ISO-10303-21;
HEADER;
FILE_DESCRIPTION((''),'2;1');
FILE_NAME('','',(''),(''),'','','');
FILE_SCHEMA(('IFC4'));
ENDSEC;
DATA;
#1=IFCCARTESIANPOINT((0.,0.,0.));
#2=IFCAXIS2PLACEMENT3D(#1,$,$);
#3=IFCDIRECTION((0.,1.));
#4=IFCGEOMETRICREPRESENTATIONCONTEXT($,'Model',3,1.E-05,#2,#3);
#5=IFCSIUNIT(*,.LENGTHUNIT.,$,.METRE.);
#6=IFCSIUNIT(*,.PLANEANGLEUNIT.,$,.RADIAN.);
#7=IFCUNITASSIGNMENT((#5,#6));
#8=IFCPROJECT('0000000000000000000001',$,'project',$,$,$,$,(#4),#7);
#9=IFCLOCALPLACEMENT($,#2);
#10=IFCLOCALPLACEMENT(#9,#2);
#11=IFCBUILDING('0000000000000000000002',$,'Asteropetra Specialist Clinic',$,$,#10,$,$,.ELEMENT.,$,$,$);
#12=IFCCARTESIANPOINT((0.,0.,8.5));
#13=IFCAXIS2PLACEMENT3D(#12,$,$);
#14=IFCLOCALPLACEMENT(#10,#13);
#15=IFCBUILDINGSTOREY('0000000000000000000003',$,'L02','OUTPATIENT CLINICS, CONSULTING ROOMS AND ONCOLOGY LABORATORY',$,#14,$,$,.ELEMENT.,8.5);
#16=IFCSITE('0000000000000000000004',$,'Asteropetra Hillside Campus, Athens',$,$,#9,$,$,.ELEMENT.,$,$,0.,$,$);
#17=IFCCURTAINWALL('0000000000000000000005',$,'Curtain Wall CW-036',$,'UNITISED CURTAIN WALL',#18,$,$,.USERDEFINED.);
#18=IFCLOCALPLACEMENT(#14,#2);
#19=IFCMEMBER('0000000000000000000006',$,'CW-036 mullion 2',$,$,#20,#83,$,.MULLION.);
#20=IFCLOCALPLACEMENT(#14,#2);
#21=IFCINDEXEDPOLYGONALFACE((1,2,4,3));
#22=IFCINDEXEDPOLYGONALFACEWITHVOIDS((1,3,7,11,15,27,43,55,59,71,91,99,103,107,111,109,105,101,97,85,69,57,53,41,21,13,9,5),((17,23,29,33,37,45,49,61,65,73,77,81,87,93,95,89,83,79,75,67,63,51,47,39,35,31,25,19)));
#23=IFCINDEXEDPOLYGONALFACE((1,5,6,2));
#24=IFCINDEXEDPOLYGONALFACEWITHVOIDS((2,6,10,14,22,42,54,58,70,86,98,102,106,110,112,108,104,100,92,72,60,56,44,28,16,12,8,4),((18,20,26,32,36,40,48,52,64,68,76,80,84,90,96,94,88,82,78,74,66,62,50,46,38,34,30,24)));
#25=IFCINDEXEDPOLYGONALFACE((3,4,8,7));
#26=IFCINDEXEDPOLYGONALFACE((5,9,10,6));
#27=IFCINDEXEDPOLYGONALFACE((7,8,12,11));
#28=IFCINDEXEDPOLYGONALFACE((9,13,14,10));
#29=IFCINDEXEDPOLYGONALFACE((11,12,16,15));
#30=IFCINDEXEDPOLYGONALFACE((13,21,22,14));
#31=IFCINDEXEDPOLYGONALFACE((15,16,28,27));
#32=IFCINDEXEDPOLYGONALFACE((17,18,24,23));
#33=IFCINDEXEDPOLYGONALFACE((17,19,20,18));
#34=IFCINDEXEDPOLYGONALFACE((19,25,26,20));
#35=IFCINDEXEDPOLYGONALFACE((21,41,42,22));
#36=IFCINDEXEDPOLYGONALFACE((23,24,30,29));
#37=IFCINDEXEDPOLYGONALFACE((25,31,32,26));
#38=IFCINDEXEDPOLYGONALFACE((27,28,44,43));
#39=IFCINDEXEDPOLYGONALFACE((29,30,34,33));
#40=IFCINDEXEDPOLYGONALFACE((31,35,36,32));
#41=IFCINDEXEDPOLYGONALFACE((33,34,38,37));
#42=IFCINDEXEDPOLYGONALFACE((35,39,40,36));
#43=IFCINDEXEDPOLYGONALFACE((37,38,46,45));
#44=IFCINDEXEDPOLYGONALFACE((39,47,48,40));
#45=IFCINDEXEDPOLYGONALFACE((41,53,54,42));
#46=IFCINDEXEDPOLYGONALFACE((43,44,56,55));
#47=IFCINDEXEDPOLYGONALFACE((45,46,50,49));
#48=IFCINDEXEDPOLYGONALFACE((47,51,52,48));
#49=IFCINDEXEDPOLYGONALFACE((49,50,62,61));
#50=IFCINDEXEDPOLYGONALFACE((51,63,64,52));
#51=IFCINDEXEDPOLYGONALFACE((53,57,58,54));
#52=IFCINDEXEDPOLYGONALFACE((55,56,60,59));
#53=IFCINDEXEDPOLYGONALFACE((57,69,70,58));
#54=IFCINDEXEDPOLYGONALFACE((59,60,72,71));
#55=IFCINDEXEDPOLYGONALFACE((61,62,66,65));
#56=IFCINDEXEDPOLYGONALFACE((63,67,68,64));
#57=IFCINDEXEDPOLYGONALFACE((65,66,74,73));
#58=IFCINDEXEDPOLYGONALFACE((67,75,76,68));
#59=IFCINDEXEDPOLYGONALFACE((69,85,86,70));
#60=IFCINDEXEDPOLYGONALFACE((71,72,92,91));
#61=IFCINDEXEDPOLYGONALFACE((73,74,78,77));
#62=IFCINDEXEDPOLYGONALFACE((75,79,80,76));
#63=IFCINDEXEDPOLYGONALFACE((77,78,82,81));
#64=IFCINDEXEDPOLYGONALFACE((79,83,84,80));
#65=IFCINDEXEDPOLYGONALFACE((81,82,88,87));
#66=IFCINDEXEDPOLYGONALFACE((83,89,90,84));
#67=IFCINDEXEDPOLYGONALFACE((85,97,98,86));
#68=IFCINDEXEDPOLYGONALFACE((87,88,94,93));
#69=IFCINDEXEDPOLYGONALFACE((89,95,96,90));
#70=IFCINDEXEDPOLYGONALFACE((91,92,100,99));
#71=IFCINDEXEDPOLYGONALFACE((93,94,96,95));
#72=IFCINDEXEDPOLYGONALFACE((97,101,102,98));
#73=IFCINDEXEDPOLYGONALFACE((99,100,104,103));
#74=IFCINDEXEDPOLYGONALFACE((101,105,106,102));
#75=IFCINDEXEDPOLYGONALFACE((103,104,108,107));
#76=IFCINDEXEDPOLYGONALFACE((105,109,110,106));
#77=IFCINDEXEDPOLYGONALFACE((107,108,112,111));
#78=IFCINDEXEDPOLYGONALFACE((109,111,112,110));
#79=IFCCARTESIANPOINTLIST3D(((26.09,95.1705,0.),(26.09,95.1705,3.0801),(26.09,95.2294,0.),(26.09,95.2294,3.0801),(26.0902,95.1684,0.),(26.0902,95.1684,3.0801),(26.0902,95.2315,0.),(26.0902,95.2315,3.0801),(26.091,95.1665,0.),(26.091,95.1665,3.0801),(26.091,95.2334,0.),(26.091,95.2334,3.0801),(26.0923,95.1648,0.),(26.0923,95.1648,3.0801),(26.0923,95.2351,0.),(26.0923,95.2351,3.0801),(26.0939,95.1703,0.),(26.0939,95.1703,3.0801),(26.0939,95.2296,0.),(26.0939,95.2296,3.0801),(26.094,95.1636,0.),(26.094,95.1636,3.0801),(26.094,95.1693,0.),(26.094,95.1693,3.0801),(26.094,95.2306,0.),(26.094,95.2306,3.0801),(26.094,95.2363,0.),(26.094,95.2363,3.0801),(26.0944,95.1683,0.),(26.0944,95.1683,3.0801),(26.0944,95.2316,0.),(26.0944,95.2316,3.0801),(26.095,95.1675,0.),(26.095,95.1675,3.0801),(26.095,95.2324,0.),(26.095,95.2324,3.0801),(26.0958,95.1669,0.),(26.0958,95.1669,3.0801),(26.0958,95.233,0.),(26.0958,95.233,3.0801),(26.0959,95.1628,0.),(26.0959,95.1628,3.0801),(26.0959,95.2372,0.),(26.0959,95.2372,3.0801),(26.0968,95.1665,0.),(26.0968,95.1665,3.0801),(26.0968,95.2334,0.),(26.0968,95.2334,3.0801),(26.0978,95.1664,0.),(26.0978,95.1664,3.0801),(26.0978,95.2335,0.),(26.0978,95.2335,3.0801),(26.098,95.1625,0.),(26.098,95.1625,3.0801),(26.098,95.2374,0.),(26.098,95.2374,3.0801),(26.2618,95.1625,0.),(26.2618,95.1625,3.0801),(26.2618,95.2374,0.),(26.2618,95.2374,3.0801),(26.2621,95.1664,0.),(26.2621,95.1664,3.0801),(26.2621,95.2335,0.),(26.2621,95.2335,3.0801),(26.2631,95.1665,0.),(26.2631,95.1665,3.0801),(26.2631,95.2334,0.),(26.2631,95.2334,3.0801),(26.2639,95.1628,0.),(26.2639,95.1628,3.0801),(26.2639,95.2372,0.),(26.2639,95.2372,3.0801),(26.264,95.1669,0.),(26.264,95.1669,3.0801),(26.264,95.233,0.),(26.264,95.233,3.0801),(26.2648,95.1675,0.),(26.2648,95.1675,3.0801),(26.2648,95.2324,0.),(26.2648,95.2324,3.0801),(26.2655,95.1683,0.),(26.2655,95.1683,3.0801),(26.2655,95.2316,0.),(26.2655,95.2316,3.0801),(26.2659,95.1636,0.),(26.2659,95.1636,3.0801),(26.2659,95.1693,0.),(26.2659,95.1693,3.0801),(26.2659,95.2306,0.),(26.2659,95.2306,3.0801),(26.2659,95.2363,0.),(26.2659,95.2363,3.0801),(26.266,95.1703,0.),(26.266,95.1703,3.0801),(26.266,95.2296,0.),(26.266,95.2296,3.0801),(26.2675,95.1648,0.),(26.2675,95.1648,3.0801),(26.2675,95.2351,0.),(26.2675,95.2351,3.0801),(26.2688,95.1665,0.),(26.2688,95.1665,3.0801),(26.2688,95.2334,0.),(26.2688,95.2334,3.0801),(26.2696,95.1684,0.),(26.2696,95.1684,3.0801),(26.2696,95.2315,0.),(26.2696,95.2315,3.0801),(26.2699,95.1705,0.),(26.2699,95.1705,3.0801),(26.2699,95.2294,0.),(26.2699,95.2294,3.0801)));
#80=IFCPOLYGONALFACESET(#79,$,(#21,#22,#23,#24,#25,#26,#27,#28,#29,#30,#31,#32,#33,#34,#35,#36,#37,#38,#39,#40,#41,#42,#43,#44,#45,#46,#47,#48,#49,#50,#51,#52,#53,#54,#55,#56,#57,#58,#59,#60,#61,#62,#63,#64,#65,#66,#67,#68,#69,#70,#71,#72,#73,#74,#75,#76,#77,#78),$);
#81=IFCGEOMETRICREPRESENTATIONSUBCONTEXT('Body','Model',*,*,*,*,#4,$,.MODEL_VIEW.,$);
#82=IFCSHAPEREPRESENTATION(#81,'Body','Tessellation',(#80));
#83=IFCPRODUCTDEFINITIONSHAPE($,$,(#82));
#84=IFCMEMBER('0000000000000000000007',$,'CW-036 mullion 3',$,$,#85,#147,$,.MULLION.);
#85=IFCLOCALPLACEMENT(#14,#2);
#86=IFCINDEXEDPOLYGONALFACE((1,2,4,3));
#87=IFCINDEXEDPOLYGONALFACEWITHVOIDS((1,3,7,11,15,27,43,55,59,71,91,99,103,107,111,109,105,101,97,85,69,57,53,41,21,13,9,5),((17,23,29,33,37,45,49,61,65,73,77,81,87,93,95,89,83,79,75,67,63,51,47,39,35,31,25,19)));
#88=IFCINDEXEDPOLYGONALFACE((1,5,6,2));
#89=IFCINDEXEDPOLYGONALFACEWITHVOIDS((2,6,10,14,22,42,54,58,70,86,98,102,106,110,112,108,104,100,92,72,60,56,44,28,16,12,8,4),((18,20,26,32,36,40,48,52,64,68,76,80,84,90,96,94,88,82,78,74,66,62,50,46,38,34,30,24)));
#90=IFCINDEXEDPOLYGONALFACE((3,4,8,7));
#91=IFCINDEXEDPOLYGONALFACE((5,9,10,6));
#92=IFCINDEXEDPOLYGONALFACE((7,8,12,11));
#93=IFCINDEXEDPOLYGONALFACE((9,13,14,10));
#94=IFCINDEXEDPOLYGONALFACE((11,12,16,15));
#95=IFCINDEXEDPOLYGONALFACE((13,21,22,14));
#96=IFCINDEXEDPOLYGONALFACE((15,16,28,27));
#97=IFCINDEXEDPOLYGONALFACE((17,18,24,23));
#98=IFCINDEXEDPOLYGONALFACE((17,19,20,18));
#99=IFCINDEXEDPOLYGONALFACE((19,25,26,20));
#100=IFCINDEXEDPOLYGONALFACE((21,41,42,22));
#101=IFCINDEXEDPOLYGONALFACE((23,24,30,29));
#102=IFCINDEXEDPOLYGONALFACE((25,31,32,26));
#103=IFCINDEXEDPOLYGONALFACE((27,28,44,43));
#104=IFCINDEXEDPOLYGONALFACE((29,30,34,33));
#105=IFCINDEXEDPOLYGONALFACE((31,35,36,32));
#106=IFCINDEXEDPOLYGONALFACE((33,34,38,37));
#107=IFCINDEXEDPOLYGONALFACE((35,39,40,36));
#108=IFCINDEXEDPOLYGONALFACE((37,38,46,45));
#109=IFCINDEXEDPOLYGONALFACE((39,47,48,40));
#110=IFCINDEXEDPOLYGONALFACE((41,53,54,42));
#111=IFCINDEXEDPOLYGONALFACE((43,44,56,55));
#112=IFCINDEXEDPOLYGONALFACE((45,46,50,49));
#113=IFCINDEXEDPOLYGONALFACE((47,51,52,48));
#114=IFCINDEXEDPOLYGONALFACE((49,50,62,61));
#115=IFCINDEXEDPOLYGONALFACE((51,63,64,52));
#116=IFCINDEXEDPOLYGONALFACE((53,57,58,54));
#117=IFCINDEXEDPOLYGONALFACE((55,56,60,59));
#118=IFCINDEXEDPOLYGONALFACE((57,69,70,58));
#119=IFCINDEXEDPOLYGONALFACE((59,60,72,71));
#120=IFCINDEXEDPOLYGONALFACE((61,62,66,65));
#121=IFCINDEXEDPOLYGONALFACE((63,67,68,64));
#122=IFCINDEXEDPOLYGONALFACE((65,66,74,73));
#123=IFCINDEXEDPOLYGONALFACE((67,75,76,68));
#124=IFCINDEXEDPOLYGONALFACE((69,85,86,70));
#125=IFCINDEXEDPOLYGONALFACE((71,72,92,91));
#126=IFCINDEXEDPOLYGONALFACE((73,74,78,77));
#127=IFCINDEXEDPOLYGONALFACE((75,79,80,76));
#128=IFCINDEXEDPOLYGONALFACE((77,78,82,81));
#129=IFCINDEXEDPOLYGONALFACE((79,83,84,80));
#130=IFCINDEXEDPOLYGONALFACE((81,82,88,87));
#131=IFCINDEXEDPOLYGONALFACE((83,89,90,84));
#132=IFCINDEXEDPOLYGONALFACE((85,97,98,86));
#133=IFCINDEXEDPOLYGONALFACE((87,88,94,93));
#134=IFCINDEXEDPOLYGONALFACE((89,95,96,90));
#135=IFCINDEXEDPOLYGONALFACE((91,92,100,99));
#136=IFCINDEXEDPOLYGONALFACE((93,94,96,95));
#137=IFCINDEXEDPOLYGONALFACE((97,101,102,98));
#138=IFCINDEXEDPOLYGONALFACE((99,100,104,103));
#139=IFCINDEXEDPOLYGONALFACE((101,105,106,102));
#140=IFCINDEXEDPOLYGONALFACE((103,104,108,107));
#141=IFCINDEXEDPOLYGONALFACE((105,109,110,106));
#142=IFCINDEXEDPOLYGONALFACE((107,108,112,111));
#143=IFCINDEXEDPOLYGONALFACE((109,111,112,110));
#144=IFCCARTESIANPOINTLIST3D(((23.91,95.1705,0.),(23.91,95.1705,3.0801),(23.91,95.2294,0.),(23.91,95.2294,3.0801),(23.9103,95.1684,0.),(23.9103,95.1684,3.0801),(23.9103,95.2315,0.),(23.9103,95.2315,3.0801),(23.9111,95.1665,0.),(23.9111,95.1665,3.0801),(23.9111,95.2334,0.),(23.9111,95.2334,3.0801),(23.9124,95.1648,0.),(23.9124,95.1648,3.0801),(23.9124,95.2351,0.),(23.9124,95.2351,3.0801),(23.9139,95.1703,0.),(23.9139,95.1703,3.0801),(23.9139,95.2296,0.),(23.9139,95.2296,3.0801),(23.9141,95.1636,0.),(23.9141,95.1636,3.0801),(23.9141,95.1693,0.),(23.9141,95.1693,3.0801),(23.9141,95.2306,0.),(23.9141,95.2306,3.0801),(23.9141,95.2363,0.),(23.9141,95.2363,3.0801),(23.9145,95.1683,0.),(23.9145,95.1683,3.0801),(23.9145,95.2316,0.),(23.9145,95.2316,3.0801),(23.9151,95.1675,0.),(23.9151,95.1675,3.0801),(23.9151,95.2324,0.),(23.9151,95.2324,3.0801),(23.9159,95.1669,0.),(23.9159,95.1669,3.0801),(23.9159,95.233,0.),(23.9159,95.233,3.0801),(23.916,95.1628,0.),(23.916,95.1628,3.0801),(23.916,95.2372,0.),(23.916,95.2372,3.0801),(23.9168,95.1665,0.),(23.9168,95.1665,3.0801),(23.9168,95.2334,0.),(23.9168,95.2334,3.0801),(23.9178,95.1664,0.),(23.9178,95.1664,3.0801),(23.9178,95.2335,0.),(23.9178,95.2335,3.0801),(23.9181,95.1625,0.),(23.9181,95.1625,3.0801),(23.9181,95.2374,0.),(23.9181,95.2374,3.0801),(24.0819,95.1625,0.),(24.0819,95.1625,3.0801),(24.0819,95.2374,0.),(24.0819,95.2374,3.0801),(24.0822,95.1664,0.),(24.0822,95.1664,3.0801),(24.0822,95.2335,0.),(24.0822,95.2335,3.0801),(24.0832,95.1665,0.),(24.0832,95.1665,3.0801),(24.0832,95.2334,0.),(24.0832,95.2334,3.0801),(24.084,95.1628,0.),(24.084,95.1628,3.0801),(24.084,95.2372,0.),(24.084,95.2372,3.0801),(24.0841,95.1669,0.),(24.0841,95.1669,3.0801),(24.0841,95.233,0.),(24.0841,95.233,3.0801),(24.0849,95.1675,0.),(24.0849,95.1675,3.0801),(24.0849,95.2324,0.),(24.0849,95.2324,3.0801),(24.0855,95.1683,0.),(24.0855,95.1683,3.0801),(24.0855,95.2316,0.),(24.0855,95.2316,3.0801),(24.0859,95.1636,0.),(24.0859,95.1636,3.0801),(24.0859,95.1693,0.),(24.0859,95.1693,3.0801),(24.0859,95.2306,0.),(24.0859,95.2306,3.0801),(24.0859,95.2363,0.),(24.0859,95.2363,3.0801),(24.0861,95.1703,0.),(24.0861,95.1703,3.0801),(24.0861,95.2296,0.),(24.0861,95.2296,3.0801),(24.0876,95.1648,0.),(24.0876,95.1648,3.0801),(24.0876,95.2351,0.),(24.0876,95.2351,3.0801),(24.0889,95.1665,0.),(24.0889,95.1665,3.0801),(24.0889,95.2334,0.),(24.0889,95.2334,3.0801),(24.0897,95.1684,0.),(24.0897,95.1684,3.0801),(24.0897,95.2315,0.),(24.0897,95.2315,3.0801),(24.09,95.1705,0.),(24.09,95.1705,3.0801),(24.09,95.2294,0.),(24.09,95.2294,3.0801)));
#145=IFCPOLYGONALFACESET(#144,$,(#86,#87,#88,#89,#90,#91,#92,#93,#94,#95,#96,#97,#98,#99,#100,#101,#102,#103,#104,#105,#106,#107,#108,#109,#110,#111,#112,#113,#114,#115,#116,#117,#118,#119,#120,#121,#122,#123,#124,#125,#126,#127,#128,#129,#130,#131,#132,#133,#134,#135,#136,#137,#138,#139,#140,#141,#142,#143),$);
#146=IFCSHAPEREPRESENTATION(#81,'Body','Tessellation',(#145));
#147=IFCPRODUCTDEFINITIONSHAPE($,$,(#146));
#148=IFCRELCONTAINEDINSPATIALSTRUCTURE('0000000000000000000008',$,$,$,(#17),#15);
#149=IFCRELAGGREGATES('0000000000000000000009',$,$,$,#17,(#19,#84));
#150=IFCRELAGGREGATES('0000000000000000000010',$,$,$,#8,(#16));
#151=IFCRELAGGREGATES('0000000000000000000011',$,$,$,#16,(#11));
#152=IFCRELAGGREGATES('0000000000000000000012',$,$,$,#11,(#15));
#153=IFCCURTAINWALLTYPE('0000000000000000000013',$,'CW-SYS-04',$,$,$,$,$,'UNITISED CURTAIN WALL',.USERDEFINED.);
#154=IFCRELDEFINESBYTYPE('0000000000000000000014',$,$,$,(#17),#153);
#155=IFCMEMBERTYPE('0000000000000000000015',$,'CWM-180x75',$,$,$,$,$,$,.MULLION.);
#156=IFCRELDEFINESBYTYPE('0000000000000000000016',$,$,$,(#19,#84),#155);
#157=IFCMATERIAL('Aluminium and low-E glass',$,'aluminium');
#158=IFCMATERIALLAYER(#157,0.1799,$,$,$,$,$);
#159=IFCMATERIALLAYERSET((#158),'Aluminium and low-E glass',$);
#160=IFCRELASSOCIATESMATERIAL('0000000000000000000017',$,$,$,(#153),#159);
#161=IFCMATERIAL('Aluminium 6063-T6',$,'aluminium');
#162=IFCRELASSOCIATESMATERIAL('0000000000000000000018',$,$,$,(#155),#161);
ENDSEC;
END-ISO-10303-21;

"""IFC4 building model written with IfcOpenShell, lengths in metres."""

from ifc_helpers import new_model, si_unit, direction, frame, origin, origin_2d, place, context, subcontext, project, spatial, hollow_rectangle, extrude, material, layer, layer_set, material_profile, profile_set, type_object, element, aggregate, save


model = new_model("IFC4")

# Units and contexts
model_context = context("Model", 3, precision=1e-05, world=origin(), true_north=direction((0.0, 1.0)))
body_context = subcontext(model_context, "Body", "Model", "MODEL_VIEW")
ifc_project = project(units=[si_unit("LENGTHUNIT", "METRE"), si_unit("PLANEANGLEUNIT", "RADIAN")], contexts=[model_context])

# Site, building, storey
site_placement = place(None, origin())
site = spatial("IfcSite", under=ifc_project, at=site_placement, Name="Asteropetra Hillside Campus, Athens", CompositionType="ELEMENT", RefElevation=0.0)
building_placement = place(site_placement, origin())
building = spatial("IfcBuilding", under=site, at=building_placement, Name="Asteropetra Specialist Clinic", CompositionType="ELEMENT")
storey_placement = place(building_placement, frame((0.0, 0.0, 8.5)))
storey = spatial("IfcBuildingStorey", under=building, at=storey_placement, Name="L02", Description="OUTPATIENT CLINICS, CONSULTING ROOMS AND ONCOLOGY LABORATORY", CompositionType="ELEMENT", Elevation=8.5)

# Curtain wall, members
ifc_material_1 = material(Name="Aluminium and low-E glass", Category="aluminium")
ifc_layer_1 = layer(ifc_material_1, 0.1799)
ifc_layer_set_1 = layer_set([ifc_layer_1], Name="Aluminium and low-E glass")
curtain_wall_type = type_object("IfcCurtainWallType", Name="CW-SYS-04", ElementType="UNITISED CURTAIN WALL", PredefinedType="USERDEFINED", material=ifc_layer_set_1)
curtain_wall_placement = place(storey_placement, origin())
curtain_wall = element("IfcCurtainWall", 1, at=curtain_wall_placement, inside=storey, type_object=curtain_wall_type, Name="Curtain Wall CW-036", ObjectType="UNITISED CURTAIN WALL", PredefinedType="USERDEFINED")
ifc_material_2 = material(Name="Aluminium 6063-T6", Category="aluminium")
ifc_material_profile_1 = material_profile(ifc_material_2, hollow_rectangle(XDim=0.075, YDim=0.1799, WallThickness=0.0039, InnerFilletRadius=0.0039, OuterFilletRadius=0.0081, at=origin_2d()), Name="MUL 180x75x4.0")
ifc_profile_set_1 = profile_set([ifc_material_profile_1], Name="Aluminium 6063-T6")
member_type_1 = type_object("IfcMemberType", Name="CWM-180x75", PredefinedType="MULLION", material=ifc_profile_set_1)
member_1_placement = place(storey_placement, frame((26.1799, 95.2, 0.0), z_axis=(0.0, 0.0, 1.0), x_axis=(0.0, -1.0, 0.0)))
member_1 = element("IfcMember", 2, at=member_1_placement, type_object=member_type_1, Name="CW-036 mullion 2", PredefinedType="MULLION", context=body_context, shape_type="SweptSolid", body=[
    extrude(hollow_rectangle(XDim=0.075, YDim=0.1799, WallThickness=0.0039, InnerFilletRadius=0.0039, OuterFilletRadius=0.0081, at=origin_2d()), origin(), (0.0, 0.0, 1.0), 3.0801),
])
member_2_placement = place(storey_placement, frame((24.0, 95.2, 0.0), z_axis=(0.0, 0.0, 1.0), x_axis=(0.0, -1.0, 0.0)))
member_2 = element("IfcMember", 3, at=member_2_placement, type_object=member_type_1, Name="CW-036 mullion 3", PredefinedType="MULLION", context=body_context, shape_type="SweptSolid", body=[
    extrude(hollow_rectangle(XDim=0.075, YDim=0.1799, WallThickness=0.0039, InnerFilletRadius=0.0039, OuterFilletRadius=0.0081, at=origin_2d()), origin(), (0.0, 0.0, 1.0), 3.0801),
])
aggregate(curtain_wall, [member_1, member_2])

save(model, "model.ifc")
